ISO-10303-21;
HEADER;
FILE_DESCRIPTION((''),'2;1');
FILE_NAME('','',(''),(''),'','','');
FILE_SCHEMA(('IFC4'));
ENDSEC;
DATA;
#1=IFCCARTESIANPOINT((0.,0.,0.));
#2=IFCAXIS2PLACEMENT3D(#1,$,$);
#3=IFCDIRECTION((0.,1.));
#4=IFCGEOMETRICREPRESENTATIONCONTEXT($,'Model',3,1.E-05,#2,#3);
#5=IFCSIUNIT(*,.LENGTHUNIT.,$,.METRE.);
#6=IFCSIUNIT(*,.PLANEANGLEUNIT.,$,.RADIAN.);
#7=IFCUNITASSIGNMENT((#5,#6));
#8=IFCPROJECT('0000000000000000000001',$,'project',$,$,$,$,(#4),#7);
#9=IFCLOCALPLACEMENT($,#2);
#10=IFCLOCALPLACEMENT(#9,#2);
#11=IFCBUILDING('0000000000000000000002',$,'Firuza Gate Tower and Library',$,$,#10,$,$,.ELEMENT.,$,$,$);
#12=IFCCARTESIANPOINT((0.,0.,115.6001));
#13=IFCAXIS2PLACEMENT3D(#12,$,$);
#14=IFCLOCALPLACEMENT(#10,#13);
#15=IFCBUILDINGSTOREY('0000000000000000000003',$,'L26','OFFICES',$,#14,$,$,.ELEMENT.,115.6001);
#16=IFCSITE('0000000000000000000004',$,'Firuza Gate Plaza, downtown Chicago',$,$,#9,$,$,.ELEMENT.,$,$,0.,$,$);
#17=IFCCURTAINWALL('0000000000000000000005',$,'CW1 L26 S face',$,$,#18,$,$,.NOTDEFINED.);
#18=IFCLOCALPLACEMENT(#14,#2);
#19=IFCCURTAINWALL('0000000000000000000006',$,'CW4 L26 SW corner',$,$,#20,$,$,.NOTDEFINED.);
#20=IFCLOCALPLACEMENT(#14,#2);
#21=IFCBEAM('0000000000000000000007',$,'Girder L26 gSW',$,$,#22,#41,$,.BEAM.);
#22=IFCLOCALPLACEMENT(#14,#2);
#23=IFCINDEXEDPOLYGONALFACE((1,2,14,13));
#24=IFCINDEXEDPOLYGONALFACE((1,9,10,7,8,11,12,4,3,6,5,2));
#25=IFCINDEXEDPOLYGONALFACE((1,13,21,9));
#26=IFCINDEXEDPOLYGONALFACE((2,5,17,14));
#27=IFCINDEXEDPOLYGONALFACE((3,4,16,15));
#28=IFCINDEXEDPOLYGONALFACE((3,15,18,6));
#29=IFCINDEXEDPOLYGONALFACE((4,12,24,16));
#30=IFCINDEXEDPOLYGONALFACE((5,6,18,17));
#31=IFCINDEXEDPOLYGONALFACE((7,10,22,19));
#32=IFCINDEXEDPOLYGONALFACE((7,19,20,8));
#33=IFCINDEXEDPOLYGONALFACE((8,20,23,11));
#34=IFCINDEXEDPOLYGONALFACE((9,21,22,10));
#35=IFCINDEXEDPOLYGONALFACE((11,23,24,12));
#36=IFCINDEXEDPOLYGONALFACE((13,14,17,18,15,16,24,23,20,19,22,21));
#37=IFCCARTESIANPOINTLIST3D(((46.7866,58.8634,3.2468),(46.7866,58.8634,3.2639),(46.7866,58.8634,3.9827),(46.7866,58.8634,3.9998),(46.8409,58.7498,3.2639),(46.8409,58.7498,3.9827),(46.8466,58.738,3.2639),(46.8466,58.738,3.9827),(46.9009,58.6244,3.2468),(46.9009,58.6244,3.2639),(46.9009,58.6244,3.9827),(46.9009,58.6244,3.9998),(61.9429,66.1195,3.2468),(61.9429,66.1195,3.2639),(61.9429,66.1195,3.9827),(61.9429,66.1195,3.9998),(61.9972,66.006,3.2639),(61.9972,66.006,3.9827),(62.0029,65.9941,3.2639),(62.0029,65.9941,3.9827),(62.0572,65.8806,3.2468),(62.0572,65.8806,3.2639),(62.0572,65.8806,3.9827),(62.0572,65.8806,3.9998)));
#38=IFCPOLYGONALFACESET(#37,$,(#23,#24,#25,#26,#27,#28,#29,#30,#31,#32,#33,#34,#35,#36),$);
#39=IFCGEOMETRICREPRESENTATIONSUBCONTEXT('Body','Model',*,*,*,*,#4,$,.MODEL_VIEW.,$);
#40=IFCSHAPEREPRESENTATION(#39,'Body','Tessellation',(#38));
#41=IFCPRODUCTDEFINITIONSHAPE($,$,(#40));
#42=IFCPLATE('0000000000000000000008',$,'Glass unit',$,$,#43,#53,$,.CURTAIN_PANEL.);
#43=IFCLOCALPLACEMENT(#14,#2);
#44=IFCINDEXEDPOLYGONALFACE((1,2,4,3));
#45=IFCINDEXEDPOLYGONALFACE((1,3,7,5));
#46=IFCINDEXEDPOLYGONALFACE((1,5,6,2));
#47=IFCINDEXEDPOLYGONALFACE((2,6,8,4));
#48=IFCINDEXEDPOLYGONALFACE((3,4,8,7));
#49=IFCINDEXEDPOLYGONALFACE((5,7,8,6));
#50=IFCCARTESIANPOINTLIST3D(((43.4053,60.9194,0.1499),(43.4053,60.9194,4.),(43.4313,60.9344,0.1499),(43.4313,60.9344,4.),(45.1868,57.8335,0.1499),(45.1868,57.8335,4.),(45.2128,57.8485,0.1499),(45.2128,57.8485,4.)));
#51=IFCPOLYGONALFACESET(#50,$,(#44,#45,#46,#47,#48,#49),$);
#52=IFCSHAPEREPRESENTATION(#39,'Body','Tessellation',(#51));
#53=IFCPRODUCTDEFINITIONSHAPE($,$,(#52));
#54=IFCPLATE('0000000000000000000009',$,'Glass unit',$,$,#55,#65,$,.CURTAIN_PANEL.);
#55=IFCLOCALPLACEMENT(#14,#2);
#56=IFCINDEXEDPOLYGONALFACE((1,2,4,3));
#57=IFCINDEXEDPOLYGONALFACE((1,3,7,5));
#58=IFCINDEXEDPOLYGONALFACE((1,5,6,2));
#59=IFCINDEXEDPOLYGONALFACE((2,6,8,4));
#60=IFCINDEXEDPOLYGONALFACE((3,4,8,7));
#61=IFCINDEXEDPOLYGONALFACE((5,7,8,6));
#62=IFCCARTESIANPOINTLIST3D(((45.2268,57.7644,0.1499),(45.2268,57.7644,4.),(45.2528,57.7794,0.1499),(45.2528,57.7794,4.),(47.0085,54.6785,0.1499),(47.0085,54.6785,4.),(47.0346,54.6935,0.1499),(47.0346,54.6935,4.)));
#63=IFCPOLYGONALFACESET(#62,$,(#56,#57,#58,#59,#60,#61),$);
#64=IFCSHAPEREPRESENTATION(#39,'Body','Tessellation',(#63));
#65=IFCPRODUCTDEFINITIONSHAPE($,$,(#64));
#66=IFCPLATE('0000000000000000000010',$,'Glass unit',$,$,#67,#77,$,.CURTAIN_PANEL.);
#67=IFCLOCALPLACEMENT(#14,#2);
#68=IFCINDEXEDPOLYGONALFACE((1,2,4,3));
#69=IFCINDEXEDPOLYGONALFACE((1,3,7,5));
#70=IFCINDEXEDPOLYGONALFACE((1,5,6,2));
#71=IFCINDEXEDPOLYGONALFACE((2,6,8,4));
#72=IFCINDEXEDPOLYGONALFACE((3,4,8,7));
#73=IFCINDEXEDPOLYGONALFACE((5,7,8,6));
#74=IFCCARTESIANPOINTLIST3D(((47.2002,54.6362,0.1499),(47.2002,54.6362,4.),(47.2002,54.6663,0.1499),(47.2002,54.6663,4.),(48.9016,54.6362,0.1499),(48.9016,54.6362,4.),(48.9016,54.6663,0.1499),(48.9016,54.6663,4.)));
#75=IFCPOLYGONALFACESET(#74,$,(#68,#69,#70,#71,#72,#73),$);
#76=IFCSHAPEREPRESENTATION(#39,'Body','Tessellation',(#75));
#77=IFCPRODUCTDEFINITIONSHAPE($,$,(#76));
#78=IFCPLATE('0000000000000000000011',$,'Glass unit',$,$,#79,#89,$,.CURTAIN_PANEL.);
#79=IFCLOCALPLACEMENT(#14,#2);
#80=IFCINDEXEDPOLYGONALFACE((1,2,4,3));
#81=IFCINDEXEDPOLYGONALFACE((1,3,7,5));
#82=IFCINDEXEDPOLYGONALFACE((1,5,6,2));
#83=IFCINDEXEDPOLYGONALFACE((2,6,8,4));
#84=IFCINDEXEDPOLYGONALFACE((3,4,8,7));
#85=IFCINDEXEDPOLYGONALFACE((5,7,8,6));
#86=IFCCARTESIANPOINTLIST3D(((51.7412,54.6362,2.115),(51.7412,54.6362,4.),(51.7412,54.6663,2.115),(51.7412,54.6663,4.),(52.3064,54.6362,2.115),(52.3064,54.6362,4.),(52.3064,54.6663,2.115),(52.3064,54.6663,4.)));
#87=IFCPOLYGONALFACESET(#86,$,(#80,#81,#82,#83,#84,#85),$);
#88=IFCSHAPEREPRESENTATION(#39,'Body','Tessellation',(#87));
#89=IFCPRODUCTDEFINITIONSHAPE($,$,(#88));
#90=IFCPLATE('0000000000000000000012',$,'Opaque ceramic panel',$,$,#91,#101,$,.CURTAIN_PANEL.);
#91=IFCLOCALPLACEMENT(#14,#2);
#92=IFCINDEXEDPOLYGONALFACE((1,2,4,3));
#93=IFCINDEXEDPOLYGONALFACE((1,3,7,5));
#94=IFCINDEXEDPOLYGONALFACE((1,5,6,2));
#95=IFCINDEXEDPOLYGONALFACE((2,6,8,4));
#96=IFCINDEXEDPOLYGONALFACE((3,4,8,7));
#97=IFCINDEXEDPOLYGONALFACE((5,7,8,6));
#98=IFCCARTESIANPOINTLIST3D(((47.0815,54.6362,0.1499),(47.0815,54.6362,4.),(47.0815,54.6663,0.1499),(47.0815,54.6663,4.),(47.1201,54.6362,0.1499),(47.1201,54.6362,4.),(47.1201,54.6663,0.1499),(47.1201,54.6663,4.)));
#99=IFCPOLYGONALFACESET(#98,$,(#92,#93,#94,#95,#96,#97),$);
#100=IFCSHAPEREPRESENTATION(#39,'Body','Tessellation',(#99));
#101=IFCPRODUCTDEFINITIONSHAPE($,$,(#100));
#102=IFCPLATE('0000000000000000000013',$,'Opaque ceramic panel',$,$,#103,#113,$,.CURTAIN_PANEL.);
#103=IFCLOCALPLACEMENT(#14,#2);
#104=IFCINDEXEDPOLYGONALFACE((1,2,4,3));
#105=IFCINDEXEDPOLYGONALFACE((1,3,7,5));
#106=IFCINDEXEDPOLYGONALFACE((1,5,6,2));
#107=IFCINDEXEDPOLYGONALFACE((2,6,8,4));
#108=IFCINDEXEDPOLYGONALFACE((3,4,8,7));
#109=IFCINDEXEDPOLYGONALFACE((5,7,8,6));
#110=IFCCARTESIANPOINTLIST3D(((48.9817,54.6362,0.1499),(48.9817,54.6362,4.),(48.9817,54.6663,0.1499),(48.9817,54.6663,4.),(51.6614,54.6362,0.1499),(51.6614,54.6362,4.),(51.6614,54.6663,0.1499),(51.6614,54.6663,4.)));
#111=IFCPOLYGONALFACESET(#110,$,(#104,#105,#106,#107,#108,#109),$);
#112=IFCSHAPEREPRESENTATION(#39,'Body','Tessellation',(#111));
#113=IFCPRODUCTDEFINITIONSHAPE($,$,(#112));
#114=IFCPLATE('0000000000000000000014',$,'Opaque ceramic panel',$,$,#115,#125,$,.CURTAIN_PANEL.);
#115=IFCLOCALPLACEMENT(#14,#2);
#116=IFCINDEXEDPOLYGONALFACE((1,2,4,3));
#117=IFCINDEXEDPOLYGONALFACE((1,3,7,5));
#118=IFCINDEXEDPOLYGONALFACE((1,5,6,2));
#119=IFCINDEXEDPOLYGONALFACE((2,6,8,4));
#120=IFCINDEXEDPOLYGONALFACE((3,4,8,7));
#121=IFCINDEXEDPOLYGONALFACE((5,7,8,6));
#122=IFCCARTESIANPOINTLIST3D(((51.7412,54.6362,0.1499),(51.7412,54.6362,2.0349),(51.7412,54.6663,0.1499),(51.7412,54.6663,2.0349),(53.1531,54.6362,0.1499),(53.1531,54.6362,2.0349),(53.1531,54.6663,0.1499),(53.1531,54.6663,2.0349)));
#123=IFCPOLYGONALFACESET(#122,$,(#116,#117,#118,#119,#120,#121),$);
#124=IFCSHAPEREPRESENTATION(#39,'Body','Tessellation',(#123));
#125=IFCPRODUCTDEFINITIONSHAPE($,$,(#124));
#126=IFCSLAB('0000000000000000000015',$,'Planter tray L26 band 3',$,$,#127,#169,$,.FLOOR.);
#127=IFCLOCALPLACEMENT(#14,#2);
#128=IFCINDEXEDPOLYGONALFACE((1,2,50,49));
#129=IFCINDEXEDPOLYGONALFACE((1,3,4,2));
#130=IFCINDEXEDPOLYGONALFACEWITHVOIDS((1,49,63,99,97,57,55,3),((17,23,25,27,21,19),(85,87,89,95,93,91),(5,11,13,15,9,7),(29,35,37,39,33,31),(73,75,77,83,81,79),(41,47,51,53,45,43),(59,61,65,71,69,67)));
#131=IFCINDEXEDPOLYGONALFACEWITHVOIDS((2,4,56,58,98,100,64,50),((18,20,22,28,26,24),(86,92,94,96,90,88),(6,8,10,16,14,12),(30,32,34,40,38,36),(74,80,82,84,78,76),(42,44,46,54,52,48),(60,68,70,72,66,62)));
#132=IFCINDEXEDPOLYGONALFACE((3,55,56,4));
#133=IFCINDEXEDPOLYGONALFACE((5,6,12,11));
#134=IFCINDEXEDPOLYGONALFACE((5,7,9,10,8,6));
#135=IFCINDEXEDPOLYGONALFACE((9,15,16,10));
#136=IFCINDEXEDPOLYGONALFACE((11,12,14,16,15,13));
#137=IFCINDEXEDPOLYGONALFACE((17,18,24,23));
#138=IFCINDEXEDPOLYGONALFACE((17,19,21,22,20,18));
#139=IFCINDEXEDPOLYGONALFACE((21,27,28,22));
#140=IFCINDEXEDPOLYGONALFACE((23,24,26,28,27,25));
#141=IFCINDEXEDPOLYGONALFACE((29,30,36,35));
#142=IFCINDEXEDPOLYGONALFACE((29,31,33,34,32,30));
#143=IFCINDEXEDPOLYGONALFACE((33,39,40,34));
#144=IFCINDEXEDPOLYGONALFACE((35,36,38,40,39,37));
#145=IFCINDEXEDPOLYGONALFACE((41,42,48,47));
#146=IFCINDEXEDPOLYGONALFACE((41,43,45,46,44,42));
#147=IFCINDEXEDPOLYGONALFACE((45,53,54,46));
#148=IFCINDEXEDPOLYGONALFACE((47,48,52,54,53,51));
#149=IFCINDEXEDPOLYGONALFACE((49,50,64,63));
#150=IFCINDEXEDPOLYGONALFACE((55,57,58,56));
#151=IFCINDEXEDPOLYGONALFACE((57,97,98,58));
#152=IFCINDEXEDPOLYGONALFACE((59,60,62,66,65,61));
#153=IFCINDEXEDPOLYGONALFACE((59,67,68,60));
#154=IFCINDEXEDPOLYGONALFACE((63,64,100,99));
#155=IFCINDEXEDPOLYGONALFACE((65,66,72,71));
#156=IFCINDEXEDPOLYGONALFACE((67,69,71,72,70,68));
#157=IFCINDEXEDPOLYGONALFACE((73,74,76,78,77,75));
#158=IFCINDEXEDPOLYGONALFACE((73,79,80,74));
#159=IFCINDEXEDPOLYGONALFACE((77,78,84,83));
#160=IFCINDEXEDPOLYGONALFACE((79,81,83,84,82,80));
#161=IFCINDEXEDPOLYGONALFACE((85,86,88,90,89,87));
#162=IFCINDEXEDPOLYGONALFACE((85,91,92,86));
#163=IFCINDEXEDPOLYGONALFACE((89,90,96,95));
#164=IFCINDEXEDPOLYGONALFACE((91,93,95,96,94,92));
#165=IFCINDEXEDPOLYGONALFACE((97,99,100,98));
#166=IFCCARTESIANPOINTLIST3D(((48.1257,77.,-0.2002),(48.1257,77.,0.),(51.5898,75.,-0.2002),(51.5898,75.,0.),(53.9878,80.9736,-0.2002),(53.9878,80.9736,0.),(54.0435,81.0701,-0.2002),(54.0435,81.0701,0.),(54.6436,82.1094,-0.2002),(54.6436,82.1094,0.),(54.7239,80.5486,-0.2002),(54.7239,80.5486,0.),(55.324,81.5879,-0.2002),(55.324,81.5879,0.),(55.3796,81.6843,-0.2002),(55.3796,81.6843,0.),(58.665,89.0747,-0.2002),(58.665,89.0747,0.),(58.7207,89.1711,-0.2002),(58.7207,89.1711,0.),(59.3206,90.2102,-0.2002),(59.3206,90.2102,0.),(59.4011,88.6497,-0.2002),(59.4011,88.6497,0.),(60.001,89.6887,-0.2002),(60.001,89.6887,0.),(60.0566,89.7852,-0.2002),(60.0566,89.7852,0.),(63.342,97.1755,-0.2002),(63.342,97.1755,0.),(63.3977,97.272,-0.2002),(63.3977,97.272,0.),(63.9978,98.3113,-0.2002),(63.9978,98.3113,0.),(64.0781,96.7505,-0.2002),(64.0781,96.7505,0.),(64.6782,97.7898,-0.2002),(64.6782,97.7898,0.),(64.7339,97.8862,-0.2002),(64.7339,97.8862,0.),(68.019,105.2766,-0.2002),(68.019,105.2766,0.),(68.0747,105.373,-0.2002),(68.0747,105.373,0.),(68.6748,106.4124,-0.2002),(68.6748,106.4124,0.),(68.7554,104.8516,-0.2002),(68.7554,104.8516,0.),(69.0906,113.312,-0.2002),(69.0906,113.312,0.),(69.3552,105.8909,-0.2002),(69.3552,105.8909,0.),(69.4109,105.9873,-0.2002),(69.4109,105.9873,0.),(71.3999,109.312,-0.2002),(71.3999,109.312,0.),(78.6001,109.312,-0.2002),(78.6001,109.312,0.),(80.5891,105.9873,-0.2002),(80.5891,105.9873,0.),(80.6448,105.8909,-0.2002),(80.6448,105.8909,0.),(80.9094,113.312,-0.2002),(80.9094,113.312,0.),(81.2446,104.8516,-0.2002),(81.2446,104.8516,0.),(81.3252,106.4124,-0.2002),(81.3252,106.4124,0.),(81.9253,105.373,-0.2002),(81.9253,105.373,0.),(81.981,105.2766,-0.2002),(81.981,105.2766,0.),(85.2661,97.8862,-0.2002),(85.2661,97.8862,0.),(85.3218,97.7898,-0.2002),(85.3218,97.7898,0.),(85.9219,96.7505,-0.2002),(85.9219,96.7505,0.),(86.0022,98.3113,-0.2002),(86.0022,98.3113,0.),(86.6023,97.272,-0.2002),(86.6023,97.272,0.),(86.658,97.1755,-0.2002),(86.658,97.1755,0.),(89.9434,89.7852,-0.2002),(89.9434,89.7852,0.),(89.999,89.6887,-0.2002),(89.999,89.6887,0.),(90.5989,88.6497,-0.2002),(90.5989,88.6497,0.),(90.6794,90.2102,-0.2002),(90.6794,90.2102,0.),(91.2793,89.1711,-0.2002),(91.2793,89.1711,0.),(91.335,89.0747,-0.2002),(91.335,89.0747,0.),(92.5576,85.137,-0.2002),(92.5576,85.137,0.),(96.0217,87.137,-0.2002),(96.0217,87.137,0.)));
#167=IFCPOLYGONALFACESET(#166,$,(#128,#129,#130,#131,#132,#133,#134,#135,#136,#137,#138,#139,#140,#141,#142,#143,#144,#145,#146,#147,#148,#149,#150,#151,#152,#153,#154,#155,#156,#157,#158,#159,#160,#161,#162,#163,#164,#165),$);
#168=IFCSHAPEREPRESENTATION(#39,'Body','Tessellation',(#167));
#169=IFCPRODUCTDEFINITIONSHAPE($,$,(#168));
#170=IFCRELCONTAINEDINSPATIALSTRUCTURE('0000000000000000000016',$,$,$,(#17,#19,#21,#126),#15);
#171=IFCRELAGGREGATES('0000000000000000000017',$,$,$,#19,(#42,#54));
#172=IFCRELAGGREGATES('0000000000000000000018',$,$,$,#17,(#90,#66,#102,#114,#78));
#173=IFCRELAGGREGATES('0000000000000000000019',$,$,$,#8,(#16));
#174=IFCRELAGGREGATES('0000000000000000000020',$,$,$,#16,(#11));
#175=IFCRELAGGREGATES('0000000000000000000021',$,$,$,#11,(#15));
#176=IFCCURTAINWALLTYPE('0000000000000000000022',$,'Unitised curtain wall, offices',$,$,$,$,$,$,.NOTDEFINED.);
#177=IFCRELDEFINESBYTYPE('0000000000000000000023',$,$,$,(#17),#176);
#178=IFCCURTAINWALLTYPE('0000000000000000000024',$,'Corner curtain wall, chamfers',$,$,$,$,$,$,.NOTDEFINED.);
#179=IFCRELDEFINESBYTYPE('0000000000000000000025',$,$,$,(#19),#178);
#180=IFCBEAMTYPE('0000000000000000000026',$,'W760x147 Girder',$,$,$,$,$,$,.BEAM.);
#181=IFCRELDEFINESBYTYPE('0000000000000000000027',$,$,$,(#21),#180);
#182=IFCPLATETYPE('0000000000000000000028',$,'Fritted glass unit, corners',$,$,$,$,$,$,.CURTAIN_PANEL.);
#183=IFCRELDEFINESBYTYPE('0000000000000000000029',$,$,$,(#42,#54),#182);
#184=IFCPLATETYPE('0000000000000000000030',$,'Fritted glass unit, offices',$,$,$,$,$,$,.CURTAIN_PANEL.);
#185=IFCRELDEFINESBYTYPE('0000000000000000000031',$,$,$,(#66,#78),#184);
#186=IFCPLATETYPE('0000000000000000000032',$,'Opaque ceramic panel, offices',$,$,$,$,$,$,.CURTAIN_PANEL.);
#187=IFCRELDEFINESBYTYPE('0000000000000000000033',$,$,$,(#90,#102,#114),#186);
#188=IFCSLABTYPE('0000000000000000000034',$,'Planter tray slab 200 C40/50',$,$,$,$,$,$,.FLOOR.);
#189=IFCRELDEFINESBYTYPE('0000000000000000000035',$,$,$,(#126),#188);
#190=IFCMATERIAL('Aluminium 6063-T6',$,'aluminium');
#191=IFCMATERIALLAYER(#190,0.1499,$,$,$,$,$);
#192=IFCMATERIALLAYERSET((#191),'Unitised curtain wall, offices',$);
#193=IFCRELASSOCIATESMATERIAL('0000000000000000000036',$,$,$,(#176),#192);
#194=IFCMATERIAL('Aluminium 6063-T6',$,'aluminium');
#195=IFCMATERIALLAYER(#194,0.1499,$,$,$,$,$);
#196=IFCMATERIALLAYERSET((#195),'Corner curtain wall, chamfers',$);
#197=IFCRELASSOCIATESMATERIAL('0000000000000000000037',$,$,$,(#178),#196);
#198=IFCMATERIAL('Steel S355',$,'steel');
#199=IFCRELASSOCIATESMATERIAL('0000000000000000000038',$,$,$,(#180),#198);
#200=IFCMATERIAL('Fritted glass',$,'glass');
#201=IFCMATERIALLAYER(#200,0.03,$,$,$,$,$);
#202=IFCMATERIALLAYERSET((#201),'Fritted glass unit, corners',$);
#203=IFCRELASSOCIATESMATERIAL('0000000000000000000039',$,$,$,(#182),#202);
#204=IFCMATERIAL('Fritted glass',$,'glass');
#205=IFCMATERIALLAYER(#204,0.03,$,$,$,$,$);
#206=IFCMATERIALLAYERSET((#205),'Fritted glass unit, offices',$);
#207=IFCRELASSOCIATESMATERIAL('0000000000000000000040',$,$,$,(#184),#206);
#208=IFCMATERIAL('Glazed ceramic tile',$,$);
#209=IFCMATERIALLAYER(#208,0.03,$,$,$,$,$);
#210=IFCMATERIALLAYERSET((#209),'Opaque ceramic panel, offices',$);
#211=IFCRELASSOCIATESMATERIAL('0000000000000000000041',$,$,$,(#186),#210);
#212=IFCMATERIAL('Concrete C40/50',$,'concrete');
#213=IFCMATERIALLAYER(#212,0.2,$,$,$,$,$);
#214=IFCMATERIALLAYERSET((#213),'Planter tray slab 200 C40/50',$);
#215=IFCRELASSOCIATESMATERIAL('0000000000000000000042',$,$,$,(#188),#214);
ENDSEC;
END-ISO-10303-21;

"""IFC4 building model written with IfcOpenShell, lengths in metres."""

from ifc_helpers import new_model, si_unit, direction, frame, origin, origin_2d, place, context, subcontext, project, spatial, polyline, i_section, outline, extrude, material, layer, layer_set, material_profile, profile_set, type_object, element, aggregate, save


model = new_model("IFC4")

# Units and contexts
model_context = context("Model", 3, precision=1e-05, world=origin(), true_north=direction((0.0, 1.0)))
body_context = subcontext(model_context, "Body", "Model", "MODEL_VIEW")
ifc_project = project(units=[si_unit("LENGTHUNIT", "METRE"), si_unit("PLANEANGLEUNIT", "RADIAN")], contexts=[model_context])

# Site, building, storey
site_placement = place(None, origin())
site = spatial("IfcSite", under=ifc_project, at=site_placement, Name="Firuza Gate Plaza, downtown Chicago", CompositionType="ELEMENT", RefElevation=0.0)
building_placement = place(site_placement, origin())
building = spatial("IfcBuilding", under=site, at=building_placement, Name="Firuza Gate Tower and Library", CompositionType="ELEMENT")
storey_placement = place(building_placement, frame((0.0, 0.0, 115.6001)))
storey = spatial("IfcBuildingStorey", under=building, at=storey_placement, Name="L26", Description="OFFICES", CompositionType="ELEMENT", Elevation=115.6001)

# Curtain walls
ifc_material_1 = material(Name="Aluminium 6063-T6", Category="aluminium")
ifc_layer_1 = layer(ifc_material_1, 0.1499)
ifc_layer_set_1 = layer_set([ifc_layer_1], Name="Unitised curtain wall, offices")
curtain_wall_type_1 = type_object("IfcCurtainWallType", Name="Unitised curtain wall, offices", PredefinedType="NOTDEFINED", material=ifc_layer_set_1)
placement_1 = place(storey_placement, origin())
curtain_wall_1 = element("IfcCurtainWall", 1, at=placement_1, inside=storey, type_object=curtain_wall_type_1, Name="CW1 L26 S face", PredefinedType="NOTDEFINED")
ifc_material_2 = material(Name="Aluminium 6063-T6", Category="aluminium")
ifc_layer_2 = layer(ifc_material_2, 0.1499)
ifc_layer_set_2 = layer_set([ifc_layer_2], Name="Corner curtain wall, chamfers")
curtain_wall_type_2 = type_object("IfcCurtainWallType", Name="Corner curtain wall, chamfers", PredefinedType="NOTDEFINED", material=ifc_layer_set_2)
curtain_wall_2 = element("IfcCurtainWall", 2, at=placement_1, inside=storey, type_object=curtain_wall_type_2, Name="CW4 L26 SW corner", PredefinedType="NOTDEFINED")

# Beam
ifc_material_3 = material(Name="Steel S355", Category="steel")
ifc_material_profile_1 = material_profile(ifc_material_3, i_section(OverallWidth=0.2649, OverallDepth=0.7529, WebThickness=0.0132, FlangeThickness=0.0171, at=origin_2d()))
ifc_profile_set_1 = profile_set([ifc_material_profile_1], Name="Steel S355")
beam_type_1 = type_object("IfcBeamType", Name="W760x147 Girder", PredefinedType="BEAM", material=ifc_profile_set_1)
beam_1_placement = place(storey_placement, frame((46.8438, 58.7439, 3.6233), z_axis=(0.901961, 0.431817, 0.0), x_axis=(-0.431817, 0.901961, 0.0)))
element("IfcBeam", 3, at=beam_1_placement, inside=storey, type_object=beam_type_1, Name="Girder L26 gSW", PredefinedType="BEAM", context=body_context, shape_type="SweptSolid", body=[
    extrude(i_section(OverallWidth=0.2649, OverallDepth=0.7529, WebThickness=0.0132, FlangeThickness=0.0171, at=origin_2d()), origin(), (0.0, 0.0, 1.0), 16.8037),
])

# Shared definitions
placement_2 = place(storey_placement, frame((0.0, 0.0, -0.2002)))

# Plates
ifc_material_4 = material(Name="Fritted glass", Category="glass")
ifc_layer_3 = layer(ifc_material_4, 0.03)
ifc_layer_set_3 = layer_set([ifc_layer_3], Name="Fritted glass unit, corners")
plate_type_1 = type_object("IfcPlateType", Name="Fritted glass unit, corners", PredefinedType="CURTAIN_PANEL", material=ifc_layer_set_3)
plate_1_placement = place(storey_placement, frame((43.4053, 60.9194, 0.1499), z_axis=(-0.866046, -0.499964, 0.0), x_axis=(0.499964, -0.866046, 0.0)))
plate_1 = element("IfcPlate", 4, at=plate_1_placement, type_object=plate_type_1, Name="Glass unit", PredefinedType="CURTAIN_PANEL", context=body_context, shape_type="SweptSolid", body=[
    extrude(outline(polyline([(0.0, 0.0), (3.5632, 0.0), (3.5632, 3.8501), (0.0, 3.8501), (0.0, 0.0)])), origin(), (0.0, 0.0, -1.0), 0.03),
])
plate_2_placement = place(storey_placement, frame((45.2268, 57.7644, 0.1499), z_axis=(-0.866017, -0.500015, 0.0), x_axis=(0.500015, -0.866017, 0.0)))
plate_2 = element("IfcPlate", 5, at=plate_2_placement, type_object=plate_type_1, Name="Glass unit", PredefinedType="CURTAIN_PANEL", context=body_context, shape_type="SweptSolid", body=[
    extrude(outline(polyline([(0.0, 0.0), (3.5634, 0.0), (3.5634, 3.8501), (0.0, 3.8501), (0.0, 0.0)])), origin(), (0.0, 0.0, -1.0), 0.03),
])
aggregate(curtain_wall_2, [plate_1, plate_2])
ifc_material_5 = material(Name="Fritted glass", Category="glass")
ifc_layer_4 = layer(ifc_material_5, 0.03)
ifc_layer_set_4 = layer_set([ifc_layer_4], Name="Fritted glass unit, offices")
plate_type_2 = type_object("IfcPlateType", Name="Fritted glass unit, offices", PredefinedType="CURTAIN_PANEL", material=ifc_layer_set_4)
plate_3_placement = place(storey_placement, frame((47.2002, 54.6362, 0.1499), z_axis=(0.0, -1.0, 0.0), x_axis=(1.0, 0.0, 0.0)))
plate_3 = element("IfcPlate", 6, at=plate_3_placement, type_object=plate_type_2, Name="Glass unit", PredefinedType="CURTAIN_PANEL", context=body_context, shape_type="SweptSolid", body=[
    extrude(outline(polyline([(0.0, 0.0), (1.7014, 0.0), (1.7014, 3.8501), (0.0, 3.8501), (0.0, 0.0)])), origin(), (0.0, 0.0, -1.0), 0.03),
])
plate_4_placement = place(storey_placement, frame((51.7412, 54.6362, 2.115), z_axis=(0.0, -1.0, 0.0), x_axis=(1.0, 0.0, 0.0)))
plate_4 = element("IfcPlate", 7, at=plate_4_placement, type_object=plate_type_2, Name="Glass unit", PredefinedType="CURTAIN_PANEL", context=body_context, shape_type="SweptSolid", body=[
    extrude(outline(polyline([(0.0, 0.0), (0.5652, 0.0), (0.5652, 1.885), (0.0, 1.885), (0.0, 0.0)])), origin(), (0.0, 0.0, -1.0), 0.03),
])
ifc_material_6 = material(Name="Glazed ceramic tile")
ifc_layer_5 = layer(ifc_material_6, 0.03)
ifc_layer_set_5 = layer_set([ifc_layer_5], Name="Opaque ceramic panel, offices")
plate_type_3 = type_object("IfcPlateType", Name="Opaque ceramic panel, offices", PredefinedType="CURTAIN_PANEL", material=ifc_layer_set_5)
plate_5_placement = place(storey_placement, frame((47.0815, 54.6362, 0.1499), z_axis=(0.0, -1.0, 0.0), x_axis=(1.0, 0.0, 0.0)))
plate_5 = element("IfcPlate", 8, at=plate_5_placement, type_object=plate_type_3, Name="Opaque ceramic panel", PredefinedType="CURTAIN_PANEL", context=body_context, shape_type="SweptSolid", body=[
    extrude(outline(polyline([(0.0, 0.0), (0.0386, 0.0), (0.0386, 3.8501), (0.0, 3.8501), (0.0, 0.0)])), origin(), (0.0, 0.0, -1.0), 0.03),
])
plate_6_placement = place(storey_placement, frame((48.9817, 54.6362, 0.1499), z_axis=(0.0, -1.0, 0.0), x_axis=(1.0, 0.0, 0.0)))
plate_6 = element("IfcPlate", 9, at=plate_6_placement, type_object=plate_type_3, Name="Opaque ceramic panel", PredefinedType="CURTAIN_PANEL", context=body_context, shape_type="SweptSolid", body=[
    extrude(outline(polyline([(0.0, 0.0), (2.6797, 0.0), (2.6797, 3.8501), (0.0, 3.8501), (0.0, 0.0)])), origin(), (0.0, 0.0, -1.0), 0.03),
])
plate_7_placement = place(storey_placement, frame((51.7412, 54.6362, 0.1499), z_axis=(0.0, -1.0, 0.0), x_axis=(1.0, 0.0, 0.0)))
plate_7 = element("IfcPlate", 10, at=plate_7_placement, type_object=plate_type_3, Name="Opaque ceramic panel", PredefinedType="CURTAIN_PANEL", context=body_context, shape_type="SweptSolid", body=[
    extrude(outline(polyline([(0.0, 0.0), (1.4119, 0.0), (1.4119, 1.885), (0.0, 1.885), (0.0, 0.0)])), origin(), (0.0, 0.0, -1.0), 0.03),
])
aggregate(curtain_wall_1, [plate_5, plate_3, plate_6, plate_7, plate_4])

# Slab
ifc_material_7 = material(Name="Concrete C40/50", Category="concrete")
ifc_layer_6 = layer(ifc_material_7, 0.2)
ifc_layer_set_6 = layer_set([ifc_layer_6], Name="Planter tray slab 200 C40/50")
slab_type_1 = type_object("IfcSlabType", Name="Planter tray slab 200 C40/50", PredefinedType="FLOOR", material=ifc_layer_set_6)
element("IfcSlab", 11, at=placement_2, inside=storey, type_object=slab_type_1, Name="Planter tray L26 band 3", PredefinedType="FLOOR", context=body_context, shape_type="SweptSolid", body=[
    extrude(outline(polyline([(92.5576, 85.137), (96.0217, 87.137), (80.9094, 113.312), (69.0906, 113.312), (48.1257, 77.0), (51.5898, 75.0), (71.3999, 109.312), (78.6001, 109.312), (92.5576, 85.137)]), holes=[polyline([(54.0435, 81.0701), (54.0435, 81.0701), (54.6436, 82.1094), (55.3796, 81.6843), (55.324, 81.5879), (55.324, 81.5879), (54.7239, 80.5486), (53.9878, 80.9736), (54.0435, 81.0701)]), polyline([(58.7207, 89.1711), (58.7207, 89.1711), (59.3206, 90.2102), (60.0566, 89.7852), (60.001, 89.6887), (60.001, 89.6887), (59.4011, 88.6497), (58.665, 89.0747), (58.7207, 89.1711)]), polyline([(63.3977, 97.272), (63.3977, 97.272), (63.9978, 98.3113), (64.7339, 97.8862), (64.6782, 97.7898), (64.6782, 97.7898), (64.0781, 96.7505), (63.342, 97.1755), (63.3977, 97.272)]), polyline([(68.0747, 105.373), (68.6748, 106.4124), (69.4109, 105.9873), (69.3552, 105.8909), (69.3552, 105.8909), (68.7554, 104.8516), (68.019, 105.2766), (68.0747, 105.373), (68.0747, 105.373)]), polyline([(89.9434, 89.7852), (90.6794, 90.2102), (91.2793, 89.1711), (91.2793, 89.1711), (91.335, 89.0747), (90.5989, 88.6497), (89.999, 89.6887), (89.999, 89.6887), (89.9434, 89.7852)]), polyline([(85.2661, 97.8862), (86.0022, 98.3113), (86.6023, 97.272), (86.6023, 97.272), (86.658, 97.1755), (85.9219, 96.7505), (85.3218, 97.7898), (85.3218, 97.7898), (85.2661, 97.8862)]), polyline([(80.5891, 105.9873), (81.3252, 106.4124), (81.9253, 105.373), (81.9253, 105.373), (81.981, 105.2766), (81.2446, 104.8516), (80.6448, 105.8909), (80.6448, 105.8909), (80.5891, 105.9873)])]), origin(), (0.0, 0.0, 1.0), 0.2002),
])

save(model, "model.ifc")
